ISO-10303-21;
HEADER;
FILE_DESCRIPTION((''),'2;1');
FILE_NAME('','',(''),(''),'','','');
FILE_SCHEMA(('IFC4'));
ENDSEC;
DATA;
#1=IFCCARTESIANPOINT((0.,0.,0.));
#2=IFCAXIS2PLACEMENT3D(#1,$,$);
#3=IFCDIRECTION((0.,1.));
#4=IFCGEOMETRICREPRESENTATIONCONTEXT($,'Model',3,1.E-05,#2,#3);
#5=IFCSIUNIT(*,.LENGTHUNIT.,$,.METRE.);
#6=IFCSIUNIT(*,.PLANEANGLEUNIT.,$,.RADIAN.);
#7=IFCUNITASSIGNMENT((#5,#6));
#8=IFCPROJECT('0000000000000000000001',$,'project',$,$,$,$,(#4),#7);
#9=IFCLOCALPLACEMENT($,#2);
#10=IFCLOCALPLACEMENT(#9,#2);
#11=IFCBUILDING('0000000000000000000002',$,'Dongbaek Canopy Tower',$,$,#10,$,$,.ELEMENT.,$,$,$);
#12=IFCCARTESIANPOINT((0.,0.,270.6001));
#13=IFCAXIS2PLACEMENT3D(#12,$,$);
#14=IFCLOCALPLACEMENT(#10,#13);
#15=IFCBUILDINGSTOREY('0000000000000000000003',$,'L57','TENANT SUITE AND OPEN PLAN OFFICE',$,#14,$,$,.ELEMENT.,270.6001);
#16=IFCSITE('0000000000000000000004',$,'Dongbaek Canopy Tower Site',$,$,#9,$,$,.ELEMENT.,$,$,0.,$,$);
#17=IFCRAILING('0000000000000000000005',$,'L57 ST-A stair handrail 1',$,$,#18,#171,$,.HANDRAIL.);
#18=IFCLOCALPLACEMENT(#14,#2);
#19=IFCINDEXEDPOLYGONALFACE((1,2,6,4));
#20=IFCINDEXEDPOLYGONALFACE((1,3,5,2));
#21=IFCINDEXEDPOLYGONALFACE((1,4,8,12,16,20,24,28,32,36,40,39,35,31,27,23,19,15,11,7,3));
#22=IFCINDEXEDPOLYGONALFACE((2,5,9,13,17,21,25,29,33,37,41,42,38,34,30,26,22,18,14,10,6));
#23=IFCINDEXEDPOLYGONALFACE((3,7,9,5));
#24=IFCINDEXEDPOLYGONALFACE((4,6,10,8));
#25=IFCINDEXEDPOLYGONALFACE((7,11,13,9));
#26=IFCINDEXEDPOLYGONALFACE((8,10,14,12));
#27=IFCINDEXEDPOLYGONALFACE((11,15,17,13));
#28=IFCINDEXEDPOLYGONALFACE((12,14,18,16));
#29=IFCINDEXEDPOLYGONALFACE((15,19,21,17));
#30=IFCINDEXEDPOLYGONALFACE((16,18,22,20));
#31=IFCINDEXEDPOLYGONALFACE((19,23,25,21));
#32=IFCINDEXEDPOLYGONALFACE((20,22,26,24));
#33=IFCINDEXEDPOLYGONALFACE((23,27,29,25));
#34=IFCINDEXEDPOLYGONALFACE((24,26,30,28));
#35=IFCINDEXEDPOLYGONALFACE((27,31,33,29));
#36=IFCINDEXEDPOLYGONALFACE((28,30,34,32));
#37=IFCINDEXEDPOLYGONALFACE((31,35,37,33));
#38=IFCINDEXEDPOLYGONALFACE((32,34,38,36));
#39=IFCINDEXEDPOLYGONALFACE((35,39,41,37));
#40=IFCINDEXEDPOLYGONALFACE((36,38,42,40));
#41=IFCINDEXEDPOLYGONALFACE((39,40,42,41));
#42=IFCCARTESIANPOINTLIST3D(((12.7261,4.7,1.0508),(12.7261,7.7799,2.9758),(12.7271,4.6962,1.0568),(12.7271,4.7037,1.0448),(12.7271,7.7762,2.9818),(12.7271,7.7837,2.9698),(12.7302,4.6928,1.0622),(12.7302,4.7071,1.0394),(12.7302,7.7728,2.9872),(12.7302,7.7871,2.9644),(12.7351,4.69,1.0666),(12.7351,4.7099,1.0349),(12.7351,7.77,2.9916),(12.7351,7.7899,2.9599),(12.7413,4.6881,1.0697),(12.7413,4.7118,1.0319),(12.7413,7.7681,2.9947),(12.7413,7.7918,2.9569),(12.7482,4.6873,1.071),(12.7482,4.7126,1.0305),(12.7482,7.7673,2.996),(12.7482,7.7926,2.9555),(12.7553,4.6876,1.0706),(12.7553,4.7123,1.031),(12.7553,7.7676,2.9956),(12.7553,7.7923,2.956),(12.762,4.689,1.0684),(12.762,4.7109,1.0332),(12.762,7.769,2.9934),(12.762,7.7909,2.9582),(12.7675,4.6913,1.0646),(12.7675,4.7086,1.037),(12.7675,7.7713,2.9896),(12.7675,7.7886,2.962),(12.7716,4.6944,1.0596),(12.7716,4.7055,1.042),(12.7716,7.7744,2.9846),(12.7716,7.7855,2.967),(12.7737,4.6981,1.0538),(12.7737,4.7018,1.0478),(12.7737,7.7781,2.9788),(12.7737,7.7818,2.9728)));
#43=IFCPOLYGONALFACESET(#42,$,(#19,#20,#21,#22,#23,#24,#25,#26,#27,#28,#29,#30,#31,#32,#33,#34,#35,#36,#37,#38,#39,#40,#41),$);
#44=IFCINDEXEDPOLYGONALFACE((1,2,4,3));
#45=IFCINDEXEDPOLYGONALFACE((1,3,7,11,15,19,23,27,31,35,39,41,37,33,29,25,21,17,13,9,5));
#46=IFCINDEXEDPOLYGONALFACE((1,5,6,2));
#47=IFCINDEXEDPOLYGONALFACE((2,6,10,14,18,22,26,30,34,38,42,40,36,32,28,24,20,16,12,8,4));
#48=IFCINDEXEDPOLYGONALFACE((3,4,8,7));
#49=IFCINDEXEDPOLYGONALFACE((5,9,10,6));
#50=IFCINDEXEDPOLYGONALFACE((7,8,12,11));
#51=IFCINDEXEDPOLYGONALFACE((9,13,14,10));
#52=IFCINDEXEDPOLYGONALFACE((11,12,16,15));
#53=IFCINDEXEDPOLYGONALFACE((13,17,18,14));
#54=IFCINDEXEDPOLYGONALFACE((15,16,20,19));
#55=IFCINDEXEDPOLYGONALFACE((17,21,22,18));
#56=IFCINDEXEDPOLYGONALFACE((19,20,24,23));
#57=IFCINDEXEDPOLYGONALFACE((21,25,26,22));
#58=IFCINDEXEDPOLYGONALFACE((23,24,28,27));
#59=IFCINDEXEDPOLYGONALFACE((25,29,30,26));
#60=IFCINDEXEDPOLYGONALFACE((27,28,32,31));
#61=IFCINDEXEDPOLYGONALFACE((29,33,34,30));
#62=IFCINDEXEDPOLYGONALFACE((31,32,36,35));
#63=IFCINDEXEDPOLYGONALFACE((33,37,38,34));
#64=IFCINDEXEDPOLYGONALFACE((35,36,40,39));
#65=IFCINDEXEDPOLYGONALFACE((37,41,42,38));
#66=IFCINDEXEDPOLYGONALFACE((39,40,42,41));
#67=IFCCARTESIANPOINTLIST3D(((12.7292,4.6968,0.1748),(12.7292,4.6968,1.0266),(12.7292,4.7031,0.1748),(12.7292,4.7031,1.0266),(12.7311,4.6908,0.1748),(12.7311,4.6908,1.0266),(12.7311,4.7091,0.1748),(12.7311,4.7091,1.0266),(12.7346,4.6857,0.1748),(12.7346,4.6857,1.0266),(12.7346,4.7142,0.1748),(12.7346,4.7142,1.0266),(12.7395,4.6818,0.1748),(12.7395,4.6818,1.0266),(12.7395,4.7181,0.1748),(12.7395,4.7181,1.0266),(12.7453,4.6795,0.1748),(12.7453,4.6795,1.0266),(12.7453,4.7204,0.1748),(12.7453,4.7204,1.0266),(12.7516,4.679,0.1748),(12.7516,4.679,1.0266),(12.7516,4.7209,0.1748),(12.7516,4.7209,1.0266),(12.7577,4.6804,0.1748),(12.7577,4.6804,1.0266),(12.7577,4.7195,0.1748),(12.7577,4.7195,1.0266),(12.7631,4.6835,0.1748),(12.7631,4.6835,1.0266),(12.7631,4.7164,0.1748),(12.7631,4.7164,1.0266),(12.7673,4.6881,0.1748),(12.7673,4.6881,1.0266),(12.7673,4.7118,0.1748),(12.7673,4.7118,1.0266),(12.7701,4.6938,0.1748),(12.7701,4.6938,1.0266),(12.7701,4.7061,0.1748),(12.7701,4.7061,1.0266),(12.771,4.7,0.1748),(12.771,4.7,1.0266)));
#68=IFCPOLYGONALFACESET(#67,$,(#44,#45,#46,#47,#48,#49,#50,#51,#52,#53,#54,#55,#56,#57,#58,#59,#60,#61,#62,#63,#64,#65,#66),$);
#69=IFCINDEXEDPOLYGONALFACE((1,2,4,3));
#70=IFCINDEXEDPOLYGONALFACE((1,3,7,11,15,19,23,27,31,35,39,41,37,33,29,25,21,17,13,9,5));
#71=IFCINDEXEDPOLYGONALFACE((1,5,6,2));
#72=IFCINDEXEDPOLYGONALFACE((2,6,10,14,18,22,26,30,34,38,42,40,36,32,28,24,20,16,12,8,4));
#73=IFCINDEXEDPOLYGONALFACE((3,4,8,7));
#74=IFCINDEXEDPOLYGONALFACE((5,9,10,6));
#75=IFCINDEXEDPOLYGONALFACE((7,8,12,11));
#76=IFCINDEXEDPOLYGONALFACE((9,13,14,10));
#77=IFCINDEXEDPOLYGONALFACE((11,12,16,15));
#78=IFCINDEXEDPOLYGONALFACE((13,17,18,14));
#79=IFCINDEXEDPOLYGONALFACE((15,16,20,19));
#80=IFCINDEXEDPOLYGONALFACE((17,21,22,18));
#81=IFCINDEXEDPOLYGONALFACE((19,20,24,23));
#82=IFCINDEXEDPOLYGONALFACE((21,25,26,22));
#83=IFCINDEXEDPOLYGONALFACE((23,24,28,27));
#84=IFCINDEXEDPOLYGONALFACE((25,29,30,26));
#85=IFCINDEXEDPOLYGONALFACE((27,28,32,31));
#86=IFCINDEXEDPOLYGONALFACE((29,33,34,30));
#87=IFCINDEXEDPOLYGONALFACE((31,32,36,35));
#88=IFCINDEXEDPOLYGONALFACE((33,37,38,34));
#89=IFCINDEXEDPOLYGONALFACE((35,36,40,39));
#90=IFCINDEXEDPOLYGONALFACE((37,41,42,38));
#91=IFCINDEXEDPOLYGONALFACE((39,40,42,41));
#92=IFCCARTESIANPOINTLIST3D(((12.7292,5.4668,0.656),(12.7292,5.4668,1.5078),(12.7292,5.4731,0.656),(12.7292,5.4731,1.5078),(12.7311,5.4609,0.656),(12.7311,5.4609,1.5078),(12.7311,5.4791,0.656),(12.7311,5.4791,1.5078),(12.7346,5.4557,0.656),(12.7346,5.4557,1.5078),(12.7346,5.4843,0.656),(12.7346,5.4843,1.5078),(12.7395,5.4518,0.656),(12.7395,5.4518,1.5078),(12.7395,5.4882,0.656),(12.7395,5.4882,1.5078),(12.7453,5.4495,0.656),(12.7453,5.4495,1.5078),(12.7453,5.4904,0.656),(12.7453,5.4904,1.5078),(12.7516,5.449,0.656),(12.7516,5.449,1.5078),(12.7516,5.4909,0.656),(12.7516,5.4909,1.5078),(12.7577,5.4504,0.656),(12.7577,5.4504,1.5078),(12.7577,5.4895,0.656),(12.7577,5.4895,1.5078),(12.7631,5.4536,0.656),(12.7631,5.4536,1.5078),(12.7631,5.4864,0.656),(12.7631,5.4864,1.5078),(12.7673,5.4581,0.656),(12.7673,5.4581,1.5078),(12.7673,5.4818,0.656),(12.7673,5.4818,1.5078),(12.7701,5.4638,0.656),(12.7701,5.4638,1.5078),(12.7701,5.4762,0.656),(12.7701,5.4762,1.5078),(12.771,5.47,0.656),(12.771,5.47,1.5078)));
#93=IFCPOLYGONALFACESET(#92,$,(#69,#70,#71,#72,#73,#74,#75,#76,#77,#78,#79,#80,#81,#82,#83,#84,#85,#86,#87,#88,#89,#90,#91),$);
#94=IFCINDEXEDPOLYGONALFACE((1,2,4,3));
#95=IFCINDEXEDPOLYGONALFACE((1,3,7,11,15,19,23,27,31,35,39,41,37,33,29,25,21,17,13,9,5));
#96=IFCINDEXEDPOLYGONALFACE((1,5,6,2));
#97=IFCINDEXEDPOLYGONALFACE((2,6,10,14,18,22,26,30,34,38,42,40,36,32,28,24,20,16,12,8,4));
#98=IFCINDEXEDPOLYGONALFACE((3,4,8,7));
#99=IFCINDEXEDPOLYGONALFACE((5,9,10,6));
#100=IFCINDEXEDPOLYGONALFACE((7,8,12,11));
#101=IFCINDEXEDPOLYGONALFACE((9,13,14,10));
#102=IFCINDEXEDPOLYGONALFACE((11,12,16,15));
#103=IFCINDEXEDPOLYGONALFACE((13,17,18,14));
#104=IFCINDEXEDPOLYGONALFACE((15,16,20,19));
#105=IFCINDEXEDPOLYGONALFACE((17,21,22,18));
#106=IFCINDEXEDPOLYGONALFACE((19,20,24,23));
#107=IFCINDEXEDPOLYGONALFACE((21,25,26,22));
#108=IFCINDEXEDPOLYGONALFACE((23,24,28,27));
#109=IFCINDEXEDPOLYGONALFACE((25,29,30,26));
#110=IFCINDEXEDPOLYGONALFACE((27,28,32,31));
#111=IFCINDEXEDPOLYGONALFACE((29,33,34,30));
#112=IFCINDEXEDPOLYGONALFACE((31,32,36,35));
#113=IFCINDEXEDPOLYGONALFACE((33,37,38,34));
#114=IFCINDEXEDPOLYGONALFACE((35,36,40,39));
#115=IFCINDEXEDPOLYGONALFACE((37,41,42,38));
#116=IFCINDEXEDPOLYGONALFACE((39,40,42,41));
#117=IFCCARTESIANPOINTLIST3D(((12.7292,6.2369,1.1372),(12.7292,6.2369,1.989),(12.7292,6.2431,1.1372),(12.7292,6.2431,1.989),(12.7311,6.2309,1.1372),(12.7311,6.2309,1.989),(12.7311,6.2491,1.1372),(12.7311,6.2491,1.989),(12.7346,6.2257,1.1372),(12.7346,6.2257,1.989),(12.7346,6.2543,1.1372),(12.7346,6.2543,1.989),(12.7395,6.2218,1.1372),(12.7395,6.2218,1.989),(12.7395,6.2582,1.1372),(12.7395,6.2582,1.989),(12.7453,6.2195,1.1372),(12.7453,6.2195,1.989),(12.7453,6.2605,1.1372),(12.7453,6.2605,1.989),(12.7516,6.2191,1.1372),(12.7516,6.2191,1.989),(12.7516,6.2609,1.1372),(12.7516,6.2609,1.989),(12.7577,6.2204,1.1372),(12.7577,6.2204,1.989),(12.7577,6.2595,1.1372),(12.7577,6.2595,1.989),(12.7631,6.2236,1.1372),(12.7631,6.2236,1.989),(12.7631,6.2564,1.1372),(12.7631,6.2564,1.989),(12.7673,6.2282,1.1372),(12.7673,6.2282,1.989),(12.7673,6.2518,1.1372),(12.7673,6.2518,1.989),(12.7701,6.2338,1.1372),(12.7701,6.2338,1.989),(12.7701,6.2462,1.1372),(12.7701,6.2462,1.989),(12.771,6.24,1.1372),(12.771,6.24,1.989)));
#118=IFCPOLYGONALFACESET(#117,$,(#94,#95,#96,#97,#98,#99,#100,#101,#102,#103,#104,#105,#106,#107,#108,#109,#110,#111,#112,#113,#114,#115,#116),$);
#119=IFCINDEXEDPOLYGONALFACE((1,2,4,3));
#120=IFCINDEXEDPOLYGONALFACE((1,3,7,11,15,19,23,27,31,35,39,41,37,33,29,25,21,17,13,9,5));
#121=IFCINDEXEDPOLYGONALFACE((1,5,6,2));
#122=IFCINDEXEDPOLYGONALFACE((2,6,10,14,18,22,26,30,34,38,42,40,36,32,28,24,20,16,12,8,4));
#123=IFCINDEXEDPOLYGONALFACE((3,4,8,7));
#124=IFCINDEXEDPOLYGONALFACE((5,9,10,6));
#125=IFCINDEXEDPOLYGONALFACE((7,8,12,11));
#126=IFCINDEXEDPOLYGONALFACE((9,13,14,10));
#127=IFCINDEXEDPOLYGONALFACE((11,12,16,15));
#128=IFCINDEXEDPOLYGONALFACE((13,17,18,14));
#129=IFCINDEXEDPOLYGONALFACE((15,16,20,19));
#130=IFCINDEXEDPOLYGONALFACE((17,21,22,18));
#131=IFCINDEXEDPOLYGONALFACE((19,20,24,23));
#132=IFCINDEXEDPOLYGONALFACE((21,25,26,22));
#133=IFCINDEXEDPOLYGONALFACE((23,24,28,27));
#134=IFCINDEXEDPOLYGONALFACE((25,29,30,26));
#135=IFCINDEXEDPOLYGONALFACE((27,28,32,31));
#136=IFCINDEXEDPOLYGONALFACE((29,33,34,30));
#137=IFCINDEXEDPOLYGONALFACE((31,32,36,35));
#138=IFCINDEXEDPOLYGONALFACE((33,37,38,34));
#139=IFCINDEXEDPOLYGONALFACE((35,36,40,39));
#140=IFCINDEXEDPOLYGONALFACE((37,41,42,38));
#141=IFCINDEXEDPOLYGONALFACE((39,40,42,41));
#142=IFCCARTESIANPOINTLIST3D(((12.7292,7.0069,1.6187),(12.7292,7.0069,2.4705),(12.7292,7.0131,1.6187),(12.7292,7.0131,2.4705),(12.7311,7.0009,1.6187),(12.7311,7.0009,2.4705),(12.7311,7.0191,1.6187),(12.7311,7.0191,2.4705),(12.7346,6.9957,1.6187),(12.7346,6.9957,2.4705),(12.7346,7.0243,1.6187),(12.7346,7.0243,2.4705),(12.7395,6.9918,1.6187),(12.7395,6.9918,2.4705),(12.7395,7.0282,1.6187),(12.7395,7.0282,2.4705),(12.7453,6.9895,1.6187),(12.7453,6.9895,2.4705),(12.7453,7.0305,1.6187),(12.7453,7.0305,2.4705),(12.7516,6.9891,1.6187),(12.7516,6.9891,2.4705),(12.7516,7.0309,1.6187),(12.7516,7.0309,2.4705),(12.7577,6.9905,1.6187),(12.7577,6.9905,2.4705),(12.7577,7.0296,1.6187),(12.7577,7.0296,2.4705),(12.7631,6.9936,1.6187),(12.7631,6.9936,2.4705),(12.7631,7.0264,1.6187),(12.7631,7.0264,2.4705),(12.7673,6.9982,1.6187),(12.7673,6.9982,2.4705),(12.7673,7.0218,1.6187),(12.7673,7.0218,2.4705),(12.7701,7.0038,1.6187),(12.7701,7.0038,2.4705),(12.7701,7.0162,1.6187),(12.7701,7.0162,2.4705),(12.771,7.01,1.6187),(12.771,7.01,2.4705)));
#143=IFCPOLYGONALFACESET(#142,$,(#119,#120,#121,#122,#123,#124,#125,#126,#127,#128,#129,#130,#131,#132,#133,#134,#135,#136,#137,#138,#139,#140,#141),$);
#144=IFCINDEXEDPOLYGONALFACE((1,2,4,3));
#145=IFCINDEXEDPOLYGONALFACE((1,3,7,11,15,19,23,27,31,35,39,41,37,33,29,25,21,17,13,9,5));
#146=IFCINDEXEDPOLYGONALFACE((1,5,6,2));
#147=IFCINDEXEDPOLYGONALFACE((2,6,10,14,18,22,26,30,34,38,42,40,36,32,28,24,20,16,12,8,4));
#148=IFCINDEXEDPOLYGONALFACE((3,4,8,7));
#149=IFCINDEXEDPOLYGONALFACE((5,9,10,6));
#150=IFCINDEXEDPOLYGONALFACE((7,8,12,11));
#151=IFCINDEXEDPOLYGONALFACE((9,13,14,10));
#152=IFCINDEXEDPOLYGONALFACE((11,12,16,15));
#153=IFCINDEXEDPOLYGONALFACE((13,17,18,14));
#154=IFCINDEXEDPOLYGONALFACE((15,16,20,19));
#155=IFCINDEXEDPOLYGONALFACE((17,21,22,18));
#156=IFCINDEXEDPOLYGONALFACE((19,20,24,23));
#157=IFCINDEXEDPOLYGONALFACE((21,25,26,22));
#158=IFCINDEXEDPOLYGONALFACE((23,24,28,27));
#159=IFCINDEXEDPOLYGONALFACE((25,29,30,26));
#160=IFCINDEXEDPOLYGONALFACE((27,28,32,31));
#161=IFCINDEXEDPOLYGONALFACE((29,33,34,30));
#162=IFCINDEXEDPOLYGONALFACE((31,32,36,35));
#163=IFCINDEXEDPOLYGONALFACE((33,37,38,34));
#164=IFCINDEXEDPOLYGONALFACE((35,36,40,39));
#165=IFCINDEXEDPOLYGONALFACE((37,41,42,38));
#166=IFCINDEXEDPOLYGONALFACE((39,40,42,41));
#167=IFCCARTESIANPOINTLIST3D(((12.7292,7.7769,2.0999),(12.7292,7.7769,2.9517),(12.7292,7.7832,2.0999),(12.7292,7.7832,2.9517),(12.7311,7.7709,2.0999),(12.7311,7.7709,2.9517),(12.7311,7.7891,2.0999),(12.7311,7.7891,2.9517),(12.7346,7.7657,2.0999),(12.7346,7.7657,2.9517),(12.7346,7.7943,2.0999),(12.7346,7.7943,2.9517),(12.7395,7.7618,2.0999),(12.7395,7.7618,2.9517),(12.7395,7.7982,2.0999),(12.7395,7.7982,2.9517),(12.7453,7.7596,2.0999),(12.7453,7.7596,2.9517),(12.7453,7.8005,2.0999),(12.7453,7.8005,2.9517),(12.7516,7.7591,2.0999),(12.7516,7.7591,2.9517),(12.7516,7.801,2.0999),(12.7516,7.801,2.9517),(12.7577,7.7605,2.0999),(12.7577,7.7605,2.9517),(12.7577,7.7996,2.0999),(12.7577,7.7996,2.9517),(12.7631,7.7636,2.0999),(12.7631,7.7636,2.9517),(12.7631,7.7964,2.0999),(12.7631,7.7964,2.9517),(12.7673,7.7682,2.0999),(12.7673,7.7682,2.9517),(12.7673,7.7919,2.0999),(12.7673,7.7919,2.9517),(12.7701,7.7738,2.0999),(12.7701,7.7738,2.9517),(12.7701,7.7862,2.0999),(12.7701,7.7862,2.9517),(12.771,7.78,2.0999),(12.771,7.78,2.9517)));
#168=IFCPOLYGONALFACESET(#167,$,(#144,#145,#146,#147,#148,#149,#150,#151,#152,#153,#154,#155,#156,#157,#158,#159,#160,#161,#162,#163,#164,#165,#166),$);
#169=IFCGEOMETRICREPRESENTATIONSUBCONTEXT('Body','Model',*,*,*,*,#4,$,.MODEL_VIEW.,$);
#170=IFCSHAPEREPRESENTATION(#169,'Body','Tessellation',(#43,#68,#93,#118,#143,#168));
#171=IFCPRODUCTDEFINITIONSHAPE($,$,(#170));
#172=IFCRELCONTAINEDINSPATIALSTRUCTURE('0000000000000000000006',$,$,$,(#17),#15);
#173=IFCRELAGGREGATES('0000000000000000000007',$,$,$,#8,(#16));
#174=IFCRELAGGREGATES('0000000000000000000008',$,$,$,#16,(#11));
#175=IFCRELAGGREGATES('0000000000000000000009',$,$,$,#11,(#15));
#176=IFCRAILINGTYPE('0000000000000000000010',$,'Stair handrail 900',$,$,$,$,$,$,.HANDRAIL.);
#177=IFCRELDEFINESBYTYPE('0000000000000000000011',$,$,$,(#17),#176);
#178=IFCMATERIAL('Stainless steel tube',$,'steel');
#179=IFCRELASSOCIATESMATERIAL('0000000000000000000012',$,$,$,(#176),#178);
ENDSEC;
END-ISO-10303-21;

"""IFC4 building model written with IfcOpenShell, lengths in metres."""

from ifc_helpers import new_model, si_unit, direction, frame, origin, origin_2d, place, context, subcontext, project, spatial, circle, extrude, material, type_object, element, save


model = new_model("IFC4")

# Units and contexts
model_context = context("Model", 3, precision=1e-05, world=origin(), true_north=direction((0.0, 1.0)))
body_context = subcontext(model_context, "Body", "Model", "MODEL_VIEW")
ifc_project = project(units=[si_unit("LENGTHUNIT", "METRE"), si_unit("PLANEANGLEUNIT", "RADIAN")], contexts=[model_context])

# Site, building, storey
site_placement = place(None, origin())
site = spatial("IfcSite", under=ifc_project, at=site_placement, Name="Dongbaek Canopy Tower Site", CompositionType="ELEMENT", RefElevation=0.0)
building_placement = place(site_placement, origin())
building = spatial("IfcBuilding", under=site, at=building_placement, Name="Dongbaek Canopy Tower", CompositionType="ELEMENT")
storey_placement = place(building_placement, frame((0.0, 0.0, 270.6001)))
storey = spatial("IfcBuildingStorey", under=building, at=storey_placement, Name="L57", Description="TENANT SUITE AND OPEN PLAN OFFICE", CompositionType="ELEMENT", Elevation=270.6001)

# Railing
ifc_material_1 = material(Name="Stainless steel tube", Category="steel")
railing_type_1 = type_object("IfcRailingType", Name="Stair handrail 900", PredefinedType="HANDRAIL", material=ifc_material_1)
railing_1_placement = place(storey_placement, frame((12.75, 4.7, 0.1748)))
element("IfcRailing", 1, at=railing_1_placement, inside=storey, type_object=railing_type_1, Name="L57 ST-A stair handrail 1", PredefinedType="HANDRAIL", context=body_context, shape_type="SweptSolid", body=[
    extrude(circle(Radius=0.0239, at=origin_2d()), frame((0.0, 0.0, 0.876), z_axis=(0.0, 0.847998, 0.529999), x_axis=(-1.0, 0.0, 0.0)), (0.0, 0.0, 1.0), 3.6321),
    extrude(circle(Radius=0.021, at=origin_2d()), origin(), (0.0, 0.0, 1.0), 0.8518),
    extrude(circle(Radius=0.021, at=origin_2d()), frame((0.0, 0.77, 0.4812)), (0.0, 0.0, 1.0), 0.8518),
    extrude(circle(Radius=0.021, at=origin_2d()), frame((0.0, 1.54, 0.9624)), (0.0, 0.0, 1.0), 0.8518),
    extrude(circle(Radius=0.021, at=origin_2d()), frame((0.0, 2.3101, 1.4438)), (0.0, 0.0, 1.0), 0.8518),
    extrude(circle(Radius=0.021, at=origin_2d()), frame((0.0, 3.0801, 1.925)), (0.0, 0.0, 1.0), 0.8518),
])

save(model, "model.ifc")
